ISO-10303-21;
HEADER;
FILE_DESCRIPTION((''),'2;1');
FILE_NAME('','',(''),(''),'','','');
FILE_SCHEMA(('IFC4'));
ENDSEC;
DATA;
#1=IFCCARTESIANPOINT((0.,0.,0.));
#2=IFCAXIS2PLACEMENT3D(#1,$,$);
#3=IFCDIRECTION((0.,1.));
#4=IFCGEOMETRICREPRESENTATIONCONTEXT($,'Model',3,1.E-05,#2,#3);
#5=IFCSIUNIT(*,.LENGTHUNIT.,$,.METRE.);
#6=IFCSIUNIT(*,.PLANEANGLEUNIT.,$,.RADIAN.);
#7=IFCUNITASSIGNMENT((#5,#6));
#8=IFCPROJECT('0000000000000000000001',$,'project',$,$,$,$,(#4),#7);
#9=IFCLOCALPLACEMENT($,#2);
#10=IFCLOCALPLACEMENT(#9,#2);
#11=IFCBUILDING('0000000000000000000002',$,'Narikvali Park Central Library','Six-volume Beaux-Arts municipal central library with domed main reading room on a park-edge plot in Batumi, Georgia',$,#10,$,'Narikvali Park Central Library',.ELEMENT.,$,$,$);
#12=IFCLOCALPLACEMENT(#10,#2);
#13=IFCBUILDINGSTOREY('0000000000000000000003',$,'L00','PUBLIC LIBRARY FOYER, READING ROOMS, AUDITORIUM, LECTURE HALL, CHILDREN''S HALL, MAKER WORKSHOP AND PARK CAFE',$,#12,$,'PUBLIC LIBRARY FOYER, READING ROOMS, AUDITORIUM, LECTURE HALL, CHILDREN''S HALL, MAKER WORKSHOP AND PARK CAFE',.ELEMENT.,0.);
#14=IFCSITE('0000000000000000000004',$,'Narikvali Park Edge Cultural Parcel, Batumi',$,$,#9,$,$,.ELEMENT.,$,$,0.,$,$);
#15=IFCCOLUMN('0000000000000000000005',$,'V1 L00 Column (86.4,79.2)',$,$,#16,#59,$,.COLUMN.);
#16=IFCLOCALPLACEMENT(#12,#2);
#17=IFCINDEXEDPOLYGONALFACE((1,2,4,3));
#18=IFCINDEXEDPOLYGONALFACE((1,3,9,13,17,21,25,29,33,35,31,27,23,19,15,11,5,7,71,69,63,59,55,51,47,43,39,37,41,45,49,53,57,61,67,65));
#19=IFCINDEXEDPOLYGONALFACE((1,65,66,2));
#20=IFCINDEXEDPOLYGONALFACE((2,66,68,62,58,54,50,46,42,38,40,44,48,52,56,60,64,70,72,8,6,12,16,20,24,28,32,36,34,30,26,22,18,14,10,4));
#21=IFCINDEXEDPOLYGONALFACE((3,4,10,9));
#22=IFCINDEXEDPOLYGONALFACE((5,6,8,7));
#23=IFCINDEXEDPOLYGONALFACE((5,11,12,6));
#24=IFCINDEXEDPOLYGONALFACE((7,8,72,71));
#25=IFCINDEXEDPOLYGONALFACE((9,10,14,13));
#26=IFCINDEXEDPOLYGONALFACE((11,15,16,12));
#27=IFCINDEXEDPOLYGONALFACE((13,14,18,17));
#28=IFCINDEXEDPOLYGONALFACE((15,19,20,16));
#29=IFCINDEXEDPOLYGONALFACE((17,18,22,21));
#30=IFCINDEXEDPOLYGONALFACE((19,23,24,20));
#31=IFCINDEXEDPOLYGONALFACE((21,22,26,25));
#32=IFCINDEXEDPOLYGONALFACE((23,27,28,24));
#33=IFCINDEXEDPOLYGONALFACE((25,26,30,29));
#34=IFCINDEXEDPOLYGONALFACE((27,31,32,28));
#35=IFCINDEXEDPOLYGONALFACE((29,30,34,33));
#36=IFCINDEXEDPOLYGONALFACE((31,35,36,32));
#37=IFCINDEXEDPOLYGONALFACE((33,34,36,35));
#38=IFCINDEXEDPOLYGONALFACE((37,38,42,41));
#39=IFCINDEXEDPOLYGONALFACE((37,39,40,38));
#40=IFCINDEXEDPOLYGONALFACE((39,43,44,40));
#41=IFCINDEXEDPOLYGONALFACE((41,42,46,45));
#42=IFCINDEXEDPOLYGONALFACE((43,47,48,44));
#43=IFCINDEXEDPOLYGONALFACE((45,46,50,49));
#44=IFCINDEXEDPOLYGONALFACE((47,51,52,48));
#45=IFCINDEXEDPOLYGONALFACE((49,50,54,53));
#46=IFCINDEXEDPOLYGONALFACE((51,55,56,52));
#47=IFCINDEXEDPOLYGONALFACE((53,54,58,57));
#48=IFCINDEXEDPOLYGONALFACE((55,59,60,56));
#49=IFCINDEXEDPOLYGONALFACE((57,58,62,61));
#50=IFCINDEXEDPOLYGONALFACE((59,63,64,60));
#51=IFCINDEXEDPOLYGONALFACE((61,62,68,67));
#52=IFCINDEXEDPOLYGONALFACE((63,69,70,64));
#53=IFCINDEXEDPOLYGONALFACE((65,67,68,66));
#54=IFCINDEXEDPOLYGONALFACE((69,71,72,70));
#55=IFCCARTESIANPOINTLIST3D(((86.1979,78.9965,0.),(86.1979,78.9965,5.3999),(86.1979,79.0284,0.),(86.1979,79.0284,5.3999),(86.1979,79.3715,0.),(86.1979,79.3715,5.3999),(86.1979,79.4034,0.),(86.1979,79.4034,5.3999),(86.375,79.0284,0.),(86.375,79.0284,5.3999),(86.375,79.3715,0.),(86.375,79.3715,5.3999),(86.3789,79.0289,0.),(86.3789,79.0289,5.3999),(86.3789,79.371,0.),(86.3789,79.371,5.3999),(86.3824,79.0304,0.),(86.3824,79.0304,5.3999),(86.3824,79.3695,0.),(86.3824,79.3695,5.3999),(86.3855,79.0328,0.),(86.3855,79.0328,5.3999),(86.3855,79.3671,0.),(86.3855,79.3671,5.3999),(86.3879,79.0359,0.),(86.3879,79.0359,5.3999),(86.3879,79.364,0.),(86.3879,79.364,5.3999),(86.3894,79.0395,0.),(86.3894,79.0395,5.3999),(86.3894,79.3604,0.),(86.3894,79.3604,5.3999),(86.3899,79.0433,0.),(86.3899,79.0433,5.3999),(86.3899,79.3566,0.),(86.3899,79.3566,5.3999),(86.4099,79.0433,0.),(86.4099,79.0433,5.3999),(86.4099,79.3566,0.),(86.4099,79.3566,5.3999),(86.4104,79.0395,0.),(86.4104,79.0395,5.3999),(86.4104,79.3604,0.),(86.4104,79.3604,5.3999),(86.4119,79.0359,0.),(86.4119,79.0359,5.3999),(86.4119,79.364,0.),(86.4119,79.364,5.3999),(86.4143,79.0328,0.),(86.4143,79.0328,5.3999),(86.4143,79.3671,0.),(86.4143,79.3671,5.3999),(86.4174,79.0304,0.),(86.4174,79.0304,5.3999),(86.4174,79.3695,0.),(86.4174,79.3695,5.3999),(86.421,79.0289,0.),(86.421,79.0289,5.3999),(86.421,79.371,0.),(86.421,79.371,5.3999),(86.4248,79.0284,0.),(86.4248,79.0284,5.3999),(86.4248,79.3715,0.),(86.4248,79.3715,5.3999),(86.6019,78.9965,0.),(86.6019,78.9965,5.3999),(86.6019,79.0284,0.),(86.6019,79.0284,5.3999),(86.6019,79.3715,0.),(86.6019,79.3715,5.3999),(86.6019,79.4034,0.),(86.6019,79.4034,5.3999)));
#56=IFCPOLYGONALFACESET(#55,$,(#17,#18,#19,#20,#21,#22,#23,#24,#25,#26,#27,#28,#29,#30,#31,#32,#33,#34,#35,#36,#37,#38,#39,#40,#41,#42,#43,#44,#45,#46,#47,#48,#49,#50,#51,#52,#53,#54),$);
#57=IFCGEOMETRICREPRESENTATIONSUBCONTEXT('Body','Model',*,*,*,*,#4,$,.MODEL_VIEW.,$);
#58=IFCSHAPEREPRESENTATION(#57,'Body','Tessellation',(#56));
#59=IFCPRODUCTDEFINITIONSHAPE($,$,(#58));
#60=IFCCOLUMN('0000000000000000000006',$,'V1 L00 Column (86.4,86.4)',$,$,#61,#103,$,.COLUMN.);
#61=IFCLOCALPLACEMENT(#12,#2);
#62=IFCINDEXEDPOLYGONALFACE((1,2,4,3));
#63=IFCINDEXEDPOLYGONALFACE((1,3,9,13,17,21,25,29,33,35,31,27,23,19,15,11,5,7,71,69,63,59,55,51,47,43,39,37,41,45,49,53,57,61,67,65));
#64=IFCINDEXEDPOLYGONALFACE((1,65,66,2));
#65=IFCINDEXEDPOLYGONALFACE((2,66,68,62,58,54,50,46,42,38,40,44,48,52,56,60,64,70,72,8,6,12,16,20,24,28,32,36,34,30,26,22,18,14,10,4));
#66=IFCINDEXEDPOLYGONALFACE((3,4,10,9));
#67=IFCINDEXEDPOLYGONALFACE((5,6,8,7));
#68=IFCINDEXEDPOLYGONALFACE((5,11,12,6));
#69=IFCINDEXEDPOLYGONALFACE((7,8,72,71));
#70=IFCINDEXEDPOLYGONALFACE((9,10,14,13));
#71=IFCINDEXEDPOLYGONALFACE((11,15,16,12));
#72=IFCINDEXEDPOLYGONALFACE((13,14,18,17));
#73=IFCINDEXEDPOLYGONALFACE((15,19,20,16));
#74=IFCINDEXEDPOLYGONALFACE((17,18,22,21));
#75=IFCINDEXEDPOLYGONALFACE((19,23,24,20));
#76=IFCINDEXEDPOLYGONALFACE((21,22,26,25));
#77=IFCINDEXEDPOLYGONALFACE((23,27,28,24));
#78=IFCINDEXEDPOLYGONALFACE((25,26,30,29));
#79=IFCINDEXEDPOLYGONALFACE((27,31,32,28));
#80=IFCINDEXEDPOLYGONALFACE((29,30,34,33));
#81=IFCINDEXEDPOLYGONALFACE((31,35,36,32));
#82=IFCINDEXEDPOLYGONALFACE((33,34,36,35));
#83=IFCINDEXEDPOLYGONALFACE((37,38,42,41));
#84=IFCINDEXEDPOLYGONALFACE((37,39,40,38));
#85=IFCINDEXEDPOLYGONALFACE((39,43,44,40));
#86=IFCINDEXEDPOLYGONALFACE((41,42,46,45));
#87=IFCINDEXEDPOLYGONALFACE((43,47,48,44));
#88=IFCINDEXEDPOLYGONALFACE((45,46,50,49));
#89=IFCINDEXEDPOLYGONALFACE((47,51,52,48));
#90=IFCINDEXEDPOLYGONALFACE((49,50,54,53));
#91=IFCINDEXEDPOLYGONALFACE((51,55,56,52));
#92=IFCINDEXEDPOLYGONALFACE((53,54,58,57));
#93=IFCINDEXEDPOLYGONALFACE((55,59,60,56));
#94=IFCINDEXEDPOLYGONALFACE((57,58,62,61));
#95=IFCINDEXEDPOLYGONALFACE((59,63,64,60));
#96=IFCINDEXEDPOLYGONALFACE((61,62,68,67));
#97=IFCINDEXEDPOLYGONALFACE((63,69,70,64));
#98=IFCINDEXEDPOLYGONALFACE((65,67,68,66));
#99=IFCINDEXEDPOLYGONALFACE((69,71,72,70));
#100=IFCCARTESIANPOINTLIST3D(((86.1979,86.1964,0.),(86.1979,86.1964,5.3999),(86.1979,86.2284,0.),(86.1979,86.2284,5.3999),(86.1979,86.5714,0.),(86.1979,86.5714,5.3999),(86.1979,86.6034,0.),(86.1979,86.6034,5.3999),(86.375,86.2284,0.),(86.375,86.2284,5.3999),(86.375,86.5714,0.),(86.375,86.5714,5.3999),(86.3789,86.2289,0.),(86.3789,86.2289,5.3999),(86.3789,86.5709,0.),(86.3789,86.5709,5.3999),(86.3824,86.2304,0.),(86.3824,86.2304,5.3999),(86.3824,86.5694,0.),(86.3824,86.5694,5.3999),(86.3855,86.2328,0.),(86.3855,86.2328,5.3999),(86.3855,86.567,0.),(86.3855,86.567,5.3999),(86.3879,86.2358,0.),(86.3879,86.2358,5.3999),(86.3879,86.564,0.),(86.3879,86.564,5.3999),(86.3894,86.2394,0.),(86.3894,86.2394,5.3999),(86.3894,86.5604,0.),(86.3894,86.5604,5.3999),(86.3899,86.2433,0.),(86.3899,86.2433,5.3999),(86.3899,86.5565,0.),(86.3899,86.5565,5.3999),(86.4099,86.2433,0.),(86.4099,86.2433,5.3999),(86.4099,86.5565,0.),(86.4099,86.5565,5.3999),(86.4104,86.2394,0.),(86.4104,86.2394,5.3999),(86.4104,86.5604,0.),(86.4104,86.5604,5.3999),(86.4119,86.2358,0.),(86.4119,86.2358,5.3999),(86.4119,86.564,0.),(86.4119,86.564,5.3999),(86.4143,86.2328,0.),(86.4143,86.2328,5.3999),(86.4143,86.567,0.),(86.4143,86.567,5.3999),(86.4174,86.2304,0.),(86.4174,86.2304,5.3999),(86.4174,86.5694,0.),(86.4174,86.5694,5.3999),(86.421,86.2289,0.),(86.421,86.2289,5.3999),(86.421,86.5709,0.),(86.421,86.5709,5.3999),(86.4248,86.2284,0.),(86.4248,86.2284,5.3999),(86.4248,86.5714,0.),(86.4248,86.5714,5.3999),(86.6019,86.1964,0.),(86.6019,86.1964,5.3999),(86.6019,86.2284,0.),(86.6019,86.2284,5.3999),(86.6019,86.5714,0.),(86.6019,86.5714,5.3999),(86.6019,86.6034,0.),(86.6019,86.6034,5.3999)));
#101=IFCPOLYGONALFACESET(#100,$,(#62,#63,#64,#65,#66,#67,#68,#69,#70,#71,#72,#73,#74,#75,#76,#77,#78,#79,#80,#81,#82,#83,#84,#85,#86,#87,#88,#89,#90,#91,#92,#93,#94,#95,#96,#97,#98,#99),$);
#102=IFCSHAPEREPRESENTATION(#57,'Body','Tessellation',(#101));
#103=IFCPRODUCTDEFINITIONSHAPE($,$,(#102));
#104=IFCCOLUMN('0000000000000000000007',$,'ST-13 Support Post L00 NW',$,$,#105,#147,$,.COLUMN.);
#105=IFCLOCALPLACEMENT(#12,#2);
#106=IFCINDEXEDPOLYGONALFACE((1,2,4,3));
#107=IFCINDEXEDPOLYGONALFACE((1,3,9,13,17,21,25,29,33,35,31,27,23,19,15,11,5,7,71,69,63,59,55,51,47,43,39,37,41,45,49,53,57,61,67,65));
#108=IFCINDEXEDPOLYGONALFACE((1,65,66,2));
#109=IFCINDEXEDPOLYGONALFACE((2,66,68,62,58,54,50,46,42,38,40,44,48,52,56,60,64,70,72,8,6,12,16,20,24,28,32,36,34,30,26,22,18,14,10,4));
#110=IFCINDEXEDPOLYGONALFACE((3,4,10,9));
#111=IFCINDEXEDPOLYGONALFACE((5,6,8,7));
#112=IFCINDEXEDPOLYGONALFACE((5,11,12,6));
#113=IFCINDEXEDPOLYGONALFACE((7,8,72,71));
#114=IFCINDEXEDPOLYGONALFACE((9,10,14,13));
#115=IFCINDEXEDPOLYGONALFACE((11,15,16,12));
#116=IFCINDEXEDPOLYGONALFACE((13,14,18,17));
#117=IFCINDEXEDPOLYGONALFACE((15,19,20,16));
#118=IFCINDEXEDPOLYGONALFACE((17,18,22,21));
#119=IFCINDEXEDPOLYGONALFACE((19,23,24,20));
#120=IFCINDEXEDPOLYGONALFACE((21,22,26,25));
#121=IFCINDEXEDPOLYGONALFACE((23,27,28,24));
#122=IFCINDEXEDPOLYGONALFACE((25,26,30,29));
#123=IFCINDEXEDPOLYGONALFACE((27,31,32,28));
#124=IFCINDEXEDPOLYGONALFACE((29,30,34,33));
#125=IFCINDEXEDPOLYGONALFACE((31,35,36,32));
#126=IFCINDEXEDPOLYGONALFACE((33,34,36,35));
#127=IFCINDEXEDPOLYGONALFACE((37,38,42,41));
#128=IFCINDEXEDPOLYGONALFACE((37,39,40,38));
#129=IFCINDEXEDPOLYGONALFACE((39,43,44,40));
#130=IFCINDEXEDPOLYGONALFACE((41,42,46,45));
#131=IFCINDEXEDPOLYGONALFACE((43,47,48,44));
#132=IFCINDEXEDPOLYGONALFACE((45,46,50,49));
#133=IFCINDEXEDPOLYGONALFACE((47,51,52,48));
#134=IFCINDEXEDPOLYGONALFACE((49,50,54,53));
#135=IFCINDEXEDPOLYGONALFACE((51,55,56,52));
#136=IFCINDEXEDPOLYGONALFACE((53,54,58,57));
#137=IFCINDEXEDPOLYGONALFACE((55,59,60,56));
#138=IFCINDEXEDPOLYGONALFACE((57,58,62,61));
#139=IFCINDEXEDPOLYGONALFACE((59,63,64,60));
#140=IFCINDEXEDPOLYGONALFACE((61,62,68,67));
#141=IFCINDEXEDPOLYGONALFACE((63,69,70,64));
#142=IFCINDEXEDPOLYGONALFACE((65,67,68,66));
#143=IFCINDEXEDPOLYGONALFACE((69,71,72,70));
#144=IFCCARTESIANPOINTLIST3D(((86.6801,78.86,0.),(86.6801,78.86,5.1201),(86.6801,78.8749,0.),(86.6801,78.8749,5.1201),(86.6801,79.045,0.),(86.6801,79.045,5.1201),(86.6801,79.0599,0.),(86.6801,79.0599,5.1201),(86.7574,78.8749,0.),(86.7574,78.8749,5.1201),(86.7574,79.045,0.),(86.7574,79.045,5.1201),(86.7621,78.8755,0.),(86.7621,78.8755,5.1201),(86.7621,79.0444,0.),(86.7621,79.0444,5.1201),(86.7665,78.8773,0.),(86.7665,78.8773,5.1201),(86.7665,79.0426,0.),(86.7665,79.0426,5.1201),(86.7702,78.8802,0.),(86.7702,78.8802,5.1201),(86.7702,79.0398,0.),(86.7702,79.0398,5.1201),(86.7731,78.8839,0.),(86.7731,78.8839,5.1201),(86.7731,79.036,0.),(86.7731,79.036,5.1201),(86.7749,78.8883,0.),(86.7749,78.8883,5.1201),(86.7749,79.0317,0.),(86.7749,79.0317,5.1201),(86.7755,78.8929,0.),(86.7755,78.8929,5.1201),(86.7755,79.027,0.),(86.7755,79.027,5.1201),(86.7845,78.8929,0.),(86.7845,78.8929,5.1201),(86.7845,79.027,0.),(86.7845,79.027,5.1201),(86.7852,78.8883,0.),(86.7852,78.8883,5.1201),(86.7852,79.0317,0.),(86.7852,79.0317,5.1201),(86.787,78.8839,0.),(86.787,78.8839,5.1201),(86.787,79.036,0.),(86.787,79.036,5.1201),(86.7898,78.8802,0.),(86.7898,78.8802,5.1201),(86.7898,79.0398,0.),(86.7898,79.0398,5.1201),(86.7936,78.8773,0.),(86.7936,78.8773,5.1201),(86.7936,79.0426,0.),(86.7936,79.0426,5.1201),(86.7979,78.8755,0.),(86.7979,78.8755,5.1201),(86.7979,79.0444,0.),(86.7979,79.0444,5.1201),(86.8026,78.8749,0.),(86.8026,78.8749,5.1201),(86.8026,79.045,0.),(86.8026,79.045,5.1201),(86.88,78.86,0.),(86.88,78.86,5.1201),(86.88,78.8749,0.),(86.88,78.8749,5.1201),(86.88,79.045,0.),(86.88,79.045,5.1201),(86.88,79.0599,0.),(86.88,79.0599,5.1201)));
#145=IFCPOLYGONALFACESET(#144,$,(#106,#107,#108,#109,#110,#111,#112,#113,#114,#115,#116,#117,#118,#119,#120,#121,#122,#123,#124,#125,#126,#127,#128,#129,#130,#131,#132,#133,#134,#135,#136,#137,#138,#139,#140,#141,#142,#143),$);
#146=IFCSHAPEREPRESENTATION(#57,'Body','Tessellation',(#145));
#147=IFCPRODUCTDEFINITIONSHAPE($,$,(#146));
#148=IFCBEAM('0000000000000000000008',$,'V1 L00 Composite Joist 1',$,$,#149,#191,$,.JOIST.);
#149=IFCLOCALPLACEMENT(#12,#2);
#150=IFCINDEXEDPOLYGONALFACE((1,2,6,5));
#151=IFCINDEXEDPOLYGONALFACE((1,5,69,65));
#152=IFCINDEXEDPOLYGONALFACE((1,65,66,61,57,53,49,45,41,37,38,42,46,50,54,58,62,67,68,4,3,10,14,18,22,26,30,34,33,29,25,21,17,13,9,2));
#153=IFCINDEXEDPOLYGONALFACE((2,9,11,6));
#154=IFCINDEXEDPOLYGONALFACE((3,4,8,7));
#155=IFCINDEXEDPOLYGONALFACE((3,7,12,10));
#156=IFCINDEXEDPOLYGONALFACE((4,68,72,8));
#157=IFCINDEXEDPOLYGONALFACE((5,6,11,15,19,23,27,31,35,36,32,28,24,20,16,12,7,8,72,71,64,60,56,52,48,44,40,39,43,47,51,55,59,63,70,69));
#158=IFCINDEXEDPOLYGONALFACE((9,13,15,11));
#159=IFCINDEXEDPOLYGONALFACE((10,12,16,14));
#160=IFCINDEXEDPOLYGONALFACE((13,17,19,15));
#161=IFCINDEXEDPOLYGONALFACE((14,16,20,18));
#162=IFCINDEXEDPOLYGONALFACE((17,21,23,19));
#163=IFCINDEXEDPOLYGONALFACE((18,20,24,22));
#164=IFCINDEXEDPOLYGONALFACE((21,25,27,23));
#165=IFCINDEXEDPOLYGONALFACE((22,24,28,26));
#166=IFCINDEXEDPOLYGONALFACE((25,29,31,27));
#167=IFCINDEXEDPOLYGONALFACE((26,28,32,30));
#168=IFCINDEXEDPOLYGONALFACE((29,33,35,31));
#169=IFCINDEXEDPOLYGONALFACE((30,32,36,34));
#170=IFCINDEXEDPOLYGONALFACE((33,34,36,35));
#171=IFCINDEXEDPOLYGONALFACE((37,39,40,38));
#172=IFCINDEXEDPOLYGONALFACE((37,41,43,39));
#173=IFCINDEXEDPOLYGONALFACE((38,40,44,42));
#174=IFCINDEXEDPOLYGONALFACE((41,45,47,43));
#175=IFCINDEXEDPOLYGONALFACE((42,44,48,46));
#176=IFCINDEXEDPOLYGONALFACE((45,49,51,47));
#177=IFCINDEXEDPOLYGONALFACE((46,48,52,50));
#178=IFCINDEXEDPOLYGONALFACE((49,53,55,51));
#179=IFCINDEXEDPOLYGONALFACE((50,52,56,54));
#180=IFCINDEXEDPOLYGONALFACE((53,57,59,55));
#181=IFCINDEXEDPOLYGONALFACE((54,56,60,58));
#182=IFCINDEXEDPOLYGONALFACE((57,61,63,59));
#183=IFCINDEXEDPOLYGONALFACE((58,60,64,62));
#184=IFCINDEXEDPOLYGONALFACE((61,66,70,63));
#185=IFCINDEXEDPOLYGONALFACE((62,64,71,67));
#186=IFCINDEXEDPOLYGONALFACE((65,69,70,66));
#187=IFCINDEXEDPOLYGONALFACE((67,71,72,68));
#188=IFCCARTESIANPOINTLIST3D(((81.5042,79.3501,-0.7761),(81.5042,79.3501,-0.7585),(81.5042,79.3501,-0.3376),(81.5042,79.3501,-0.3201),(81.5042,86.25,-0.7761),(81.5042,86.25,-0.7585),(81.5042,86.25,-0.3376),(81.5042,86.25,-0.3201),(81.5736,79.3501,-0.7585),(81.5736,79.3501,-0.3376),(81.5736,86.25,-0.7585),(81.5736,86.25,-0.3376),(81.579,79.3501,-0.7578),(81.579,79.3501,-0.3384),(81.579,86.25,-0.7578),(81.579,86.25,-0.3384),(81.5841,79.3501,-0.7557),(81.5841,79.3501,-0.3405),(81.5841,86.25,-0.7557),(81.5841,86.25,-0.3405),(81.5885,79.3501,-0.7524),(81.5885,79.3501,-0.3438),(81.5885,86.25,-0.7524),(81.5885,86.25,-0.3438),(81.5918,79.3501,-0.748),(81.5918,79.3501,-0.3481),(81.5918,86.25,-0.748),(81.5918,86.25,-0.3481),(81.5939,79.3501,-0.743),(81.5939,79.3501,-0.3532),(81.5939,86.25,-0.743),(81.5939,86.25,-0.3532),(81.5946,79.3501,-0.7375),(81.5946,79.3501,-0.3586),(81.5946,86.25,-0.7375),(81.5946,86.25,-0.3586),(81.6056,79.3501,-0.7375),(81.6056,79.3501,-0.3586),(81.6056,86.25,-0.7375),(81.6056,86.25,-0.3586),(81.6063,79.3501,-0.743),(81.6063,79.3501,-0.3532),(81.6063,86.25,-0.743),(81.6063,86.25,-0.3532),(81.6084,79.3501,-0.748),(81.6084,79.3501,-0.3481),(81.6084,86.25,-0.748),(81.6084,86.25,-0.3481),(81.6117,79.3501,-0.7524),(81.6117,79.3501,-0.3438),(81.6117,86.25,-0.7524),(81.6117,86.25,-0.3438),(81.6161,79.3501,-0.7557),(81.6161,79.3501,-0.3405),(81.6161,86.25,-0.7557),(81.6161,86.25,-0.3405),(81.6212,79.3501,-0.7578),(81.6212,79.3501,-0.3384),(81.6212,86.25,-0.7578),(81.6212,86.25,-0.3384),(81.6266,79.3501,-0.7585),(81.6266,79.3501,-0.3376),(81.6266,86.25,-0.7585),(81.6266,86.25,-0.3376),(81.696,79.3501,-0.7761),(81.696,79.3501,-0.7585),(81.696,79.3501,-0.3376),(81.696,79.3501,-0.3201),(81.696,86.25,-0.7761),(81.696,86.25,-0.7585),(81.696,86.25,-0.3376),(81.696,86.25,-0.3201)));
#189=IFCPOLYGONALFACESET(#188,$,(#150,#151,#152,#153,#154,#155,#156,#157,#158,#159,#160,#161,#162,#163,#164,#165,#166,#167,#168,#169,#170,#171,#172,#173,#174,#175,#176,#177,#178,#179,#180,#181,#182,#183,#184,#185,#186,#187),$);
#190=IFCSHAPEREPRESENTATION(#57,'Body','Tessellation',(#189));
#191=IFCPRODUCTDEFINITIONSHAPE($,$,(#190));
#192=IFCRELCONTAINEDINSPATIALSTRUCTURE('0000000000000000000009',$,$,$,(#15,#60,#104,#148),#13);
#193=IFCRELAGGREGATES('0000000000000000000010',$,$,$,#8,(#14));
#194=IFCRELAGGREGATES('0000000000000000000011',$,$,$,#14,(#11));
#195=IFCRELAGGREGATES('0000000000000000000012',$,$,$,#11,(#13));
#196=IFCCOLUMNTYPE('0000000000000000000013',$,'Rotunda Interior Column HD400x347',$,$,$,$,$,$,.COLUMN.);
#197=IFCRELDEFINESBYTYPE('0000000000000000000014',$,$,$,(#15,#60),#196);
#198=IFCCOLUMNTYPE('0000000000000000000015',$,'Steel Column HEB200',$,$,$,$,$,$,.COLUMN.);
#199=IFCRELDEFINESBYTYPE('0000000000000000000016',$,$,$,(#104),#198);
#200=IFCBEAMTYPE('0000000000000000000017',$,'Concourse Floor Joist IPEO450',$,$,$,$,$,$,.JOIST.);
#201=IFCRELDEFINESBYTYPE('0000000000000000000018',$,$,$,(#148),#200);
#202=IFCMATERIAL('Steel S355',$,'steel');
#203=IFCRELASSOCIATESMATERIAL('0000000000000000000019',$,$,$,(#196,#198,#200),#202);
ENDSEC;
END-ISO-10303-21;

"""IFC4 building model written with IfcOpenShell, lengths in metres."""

from ifc_helpers import new_model, si_unit, direction, frame, origin, origin_2d, place, context, subcontext, project, spatial, i_section, extrude, material, material_profile, profile_set, type_object, element, save


model = new_model("IFC4")

# Units and contexts
model_context = context("Model", 3, precision=1e-05, world=origin(), true_north=direction((0.0, 1.0)))
body_context = subcontext(model_context, "Body", "Model", "MODEL_VIEW")
ifc_project = project(units=[si_unit("LENGTHUNIT", "METRE"), si_unit("PLANEANGLEUNIT", "RADIAN")], contexts=[model_context])

# Site, building, storey
site_placement = place(None, origin())
site = spatial("IfcSite", under=ifc_project, at=site_placement, Name="Narikvali Park Edge Cultural Parcel, Batumi", CompositionType="ELEMENT", RefElevation=0.0)
building_placement = place(site_placement, origin())
building = spatial("IfcBuilding", under=site, at=building_placement, Name="Narikvali Park Central Library", Description="Six-volume Beaux-Arts municipal central library with domed main reading room on a park-edge plot in Batumi, Georgia", LongName="Narikvali Park Central Library", CompositionType="ELEMENT")
storey_placement = place(building_placement, origin())
storey = spatial("IfcBuildingStorey", under=building, at=storey_placement, Name="L00", Description="PUBLIC LIBRARY FOYER, READING ROOMS, AUDITORIUM, LECTURE HALL, CHILDREN'S HALL, MAKER WORKSHOP AND PARK CAFE", LongName="PUBLIC LIBRARY FOYER, READING ROOMS, AUDITORIUM, LECTURE HALL, CHILDREN'S HALL, MAKER WORKSHOP AND PARK CAFE", CompositionType="ELEMENT", Elevation=0.0)

# Columns
ifc_material_1 = material(Name="Steel S355", Category="steel")
ifc_material_profile_1 = material_profile(ifc_material_1, i_section(OverallWidth=0.4041, OverallDepth=0.407, WebThickness=0.02, FlangeThickness=0.032, FilletRadius=0.0149, at=origin_2d()), Name="HD 400x347")
ifc_profile_set_1 = profile_set([ifc_material_profile_1], Name="Steel S355")
column_type_1 = type_object("IfcColumnType", Name="Rotunda Interior Column HD400x347", PredefinedType="COLUMN", material=ifc_profile_set_1)
for number, where, z_axis, x_axis, name in (
    (1, (86.3999, 79.2, 0.0), (0.0, 0.0, 1.0), (1.0, 0.0, 0.0), "V1 L00 Column (86.4,79.2)"),
    (2, (86.3999, 86.3999, 0.0), (0.0, 0.0, 1.0), (1.0, 0.0, 0.0), "V1 L00 Column (86.4,86.4)"),
):
    element("IfcColumn", number, at=place(storey_placement, frame(where, z_axis=z_axis, x_axis=x_axis)), inside=storey, type_object=column_type_1, Name=name, PredefinedType="COLUMN", context=body_context, shape_type="SweptSolid", body=[
        extrude(i_section(OverallWidth=0.4041, OverallDepth=0.407, WebThickness=0.02, FlangeThickness=0.032, FilletRadius=0.0149, at=origin_2d()), origin(), (0.0, 0.0, 1.0), 5.3999),
    ])
ifc_material_profile_2 = material_profile(ifc_material_1, i_section(OverallWidth=0.2, OverallDepth=0.2, WebThickness=0.009, FlangeThickness=0.0149, FilletRadius=0.0181, at=origin_2d()), Name="HEB 200")
ifc_profile_set_2 = profile_set([ifc_material_profile_2], Name="Steel S355")
column_type_2 = type_object("IfcColumnType", Name="Steel Column HEB200", PredefinedType="COLUMN", material=ifc_profile_set_2)
column_placement = place(storey_placement, frame((86.78, 78.96, 0.0), z_axis=(0.0, 0.0, 1.0), x_axis=(1.0, 0.0, 0.0)))
element("IfcColumn", 3, at=column_placement, inside=storey, type_object=column_type_2, Name="ST-13 Support Post L00 NW", PredefinedType="COLUMN", context=body_context, shape_type="SweptSolid", body=[
    extrude(i_section(OverallWidth=0.2, OverallDepth=0.2, WebThickness=0.009, FlangeThickness=0.0149, FilletRadius=0.0181, at=origin_2d()), origin(), (0.0, 0.0, 1.0), 5.1201),
])

# Beam
ifc_material_profile_3 = material_profile(ifc_material_1, i_section(OverallWidth=0.1919, OverallDepth=0.4561, WebThickness=0.011, FlangeThickness=0.0176, FilletRadius=0.021, at=origin_2d()), Name="IPEO 450")
ifc_profile_set_3 = profile_set([ifc_material_profile_3], Name="Steel S355")
beam_type_1 = type_object("IfcBeamType", Name="Concourse Floor Joist IPEO450", PredefinedType="JOIST", material=ifc_profile_set_3)
for number, where, z_axis, x_axis, name in (
    (4, (81.6001, 79.3501, -0.5481), (0.0, 1.0, 0.0), (-1.0, 0.0, 0.0), "V1 L00 Composite Joist 1"),
):
    element("IfcBeam", number, at=place(storey_placement, frame(where, z_axis=z_axis, x_axis=x_axis)), inside=storey, type_object=beam_type_1, Name=name, PredefinedType="JOIST", context=body_context, shape_type="SweptSolid", body=[
        extrude(i_section(OverallWidth=0.1919, OverallDepth=0.4561, WebThickness=0.011, FlangeThickness=0.0176, FilletRadius=0.021, at=origin_2d()), origin(), (0.0, 0.0, 1.0), 6.8999),
    ])

save(model, "model.ifc")
